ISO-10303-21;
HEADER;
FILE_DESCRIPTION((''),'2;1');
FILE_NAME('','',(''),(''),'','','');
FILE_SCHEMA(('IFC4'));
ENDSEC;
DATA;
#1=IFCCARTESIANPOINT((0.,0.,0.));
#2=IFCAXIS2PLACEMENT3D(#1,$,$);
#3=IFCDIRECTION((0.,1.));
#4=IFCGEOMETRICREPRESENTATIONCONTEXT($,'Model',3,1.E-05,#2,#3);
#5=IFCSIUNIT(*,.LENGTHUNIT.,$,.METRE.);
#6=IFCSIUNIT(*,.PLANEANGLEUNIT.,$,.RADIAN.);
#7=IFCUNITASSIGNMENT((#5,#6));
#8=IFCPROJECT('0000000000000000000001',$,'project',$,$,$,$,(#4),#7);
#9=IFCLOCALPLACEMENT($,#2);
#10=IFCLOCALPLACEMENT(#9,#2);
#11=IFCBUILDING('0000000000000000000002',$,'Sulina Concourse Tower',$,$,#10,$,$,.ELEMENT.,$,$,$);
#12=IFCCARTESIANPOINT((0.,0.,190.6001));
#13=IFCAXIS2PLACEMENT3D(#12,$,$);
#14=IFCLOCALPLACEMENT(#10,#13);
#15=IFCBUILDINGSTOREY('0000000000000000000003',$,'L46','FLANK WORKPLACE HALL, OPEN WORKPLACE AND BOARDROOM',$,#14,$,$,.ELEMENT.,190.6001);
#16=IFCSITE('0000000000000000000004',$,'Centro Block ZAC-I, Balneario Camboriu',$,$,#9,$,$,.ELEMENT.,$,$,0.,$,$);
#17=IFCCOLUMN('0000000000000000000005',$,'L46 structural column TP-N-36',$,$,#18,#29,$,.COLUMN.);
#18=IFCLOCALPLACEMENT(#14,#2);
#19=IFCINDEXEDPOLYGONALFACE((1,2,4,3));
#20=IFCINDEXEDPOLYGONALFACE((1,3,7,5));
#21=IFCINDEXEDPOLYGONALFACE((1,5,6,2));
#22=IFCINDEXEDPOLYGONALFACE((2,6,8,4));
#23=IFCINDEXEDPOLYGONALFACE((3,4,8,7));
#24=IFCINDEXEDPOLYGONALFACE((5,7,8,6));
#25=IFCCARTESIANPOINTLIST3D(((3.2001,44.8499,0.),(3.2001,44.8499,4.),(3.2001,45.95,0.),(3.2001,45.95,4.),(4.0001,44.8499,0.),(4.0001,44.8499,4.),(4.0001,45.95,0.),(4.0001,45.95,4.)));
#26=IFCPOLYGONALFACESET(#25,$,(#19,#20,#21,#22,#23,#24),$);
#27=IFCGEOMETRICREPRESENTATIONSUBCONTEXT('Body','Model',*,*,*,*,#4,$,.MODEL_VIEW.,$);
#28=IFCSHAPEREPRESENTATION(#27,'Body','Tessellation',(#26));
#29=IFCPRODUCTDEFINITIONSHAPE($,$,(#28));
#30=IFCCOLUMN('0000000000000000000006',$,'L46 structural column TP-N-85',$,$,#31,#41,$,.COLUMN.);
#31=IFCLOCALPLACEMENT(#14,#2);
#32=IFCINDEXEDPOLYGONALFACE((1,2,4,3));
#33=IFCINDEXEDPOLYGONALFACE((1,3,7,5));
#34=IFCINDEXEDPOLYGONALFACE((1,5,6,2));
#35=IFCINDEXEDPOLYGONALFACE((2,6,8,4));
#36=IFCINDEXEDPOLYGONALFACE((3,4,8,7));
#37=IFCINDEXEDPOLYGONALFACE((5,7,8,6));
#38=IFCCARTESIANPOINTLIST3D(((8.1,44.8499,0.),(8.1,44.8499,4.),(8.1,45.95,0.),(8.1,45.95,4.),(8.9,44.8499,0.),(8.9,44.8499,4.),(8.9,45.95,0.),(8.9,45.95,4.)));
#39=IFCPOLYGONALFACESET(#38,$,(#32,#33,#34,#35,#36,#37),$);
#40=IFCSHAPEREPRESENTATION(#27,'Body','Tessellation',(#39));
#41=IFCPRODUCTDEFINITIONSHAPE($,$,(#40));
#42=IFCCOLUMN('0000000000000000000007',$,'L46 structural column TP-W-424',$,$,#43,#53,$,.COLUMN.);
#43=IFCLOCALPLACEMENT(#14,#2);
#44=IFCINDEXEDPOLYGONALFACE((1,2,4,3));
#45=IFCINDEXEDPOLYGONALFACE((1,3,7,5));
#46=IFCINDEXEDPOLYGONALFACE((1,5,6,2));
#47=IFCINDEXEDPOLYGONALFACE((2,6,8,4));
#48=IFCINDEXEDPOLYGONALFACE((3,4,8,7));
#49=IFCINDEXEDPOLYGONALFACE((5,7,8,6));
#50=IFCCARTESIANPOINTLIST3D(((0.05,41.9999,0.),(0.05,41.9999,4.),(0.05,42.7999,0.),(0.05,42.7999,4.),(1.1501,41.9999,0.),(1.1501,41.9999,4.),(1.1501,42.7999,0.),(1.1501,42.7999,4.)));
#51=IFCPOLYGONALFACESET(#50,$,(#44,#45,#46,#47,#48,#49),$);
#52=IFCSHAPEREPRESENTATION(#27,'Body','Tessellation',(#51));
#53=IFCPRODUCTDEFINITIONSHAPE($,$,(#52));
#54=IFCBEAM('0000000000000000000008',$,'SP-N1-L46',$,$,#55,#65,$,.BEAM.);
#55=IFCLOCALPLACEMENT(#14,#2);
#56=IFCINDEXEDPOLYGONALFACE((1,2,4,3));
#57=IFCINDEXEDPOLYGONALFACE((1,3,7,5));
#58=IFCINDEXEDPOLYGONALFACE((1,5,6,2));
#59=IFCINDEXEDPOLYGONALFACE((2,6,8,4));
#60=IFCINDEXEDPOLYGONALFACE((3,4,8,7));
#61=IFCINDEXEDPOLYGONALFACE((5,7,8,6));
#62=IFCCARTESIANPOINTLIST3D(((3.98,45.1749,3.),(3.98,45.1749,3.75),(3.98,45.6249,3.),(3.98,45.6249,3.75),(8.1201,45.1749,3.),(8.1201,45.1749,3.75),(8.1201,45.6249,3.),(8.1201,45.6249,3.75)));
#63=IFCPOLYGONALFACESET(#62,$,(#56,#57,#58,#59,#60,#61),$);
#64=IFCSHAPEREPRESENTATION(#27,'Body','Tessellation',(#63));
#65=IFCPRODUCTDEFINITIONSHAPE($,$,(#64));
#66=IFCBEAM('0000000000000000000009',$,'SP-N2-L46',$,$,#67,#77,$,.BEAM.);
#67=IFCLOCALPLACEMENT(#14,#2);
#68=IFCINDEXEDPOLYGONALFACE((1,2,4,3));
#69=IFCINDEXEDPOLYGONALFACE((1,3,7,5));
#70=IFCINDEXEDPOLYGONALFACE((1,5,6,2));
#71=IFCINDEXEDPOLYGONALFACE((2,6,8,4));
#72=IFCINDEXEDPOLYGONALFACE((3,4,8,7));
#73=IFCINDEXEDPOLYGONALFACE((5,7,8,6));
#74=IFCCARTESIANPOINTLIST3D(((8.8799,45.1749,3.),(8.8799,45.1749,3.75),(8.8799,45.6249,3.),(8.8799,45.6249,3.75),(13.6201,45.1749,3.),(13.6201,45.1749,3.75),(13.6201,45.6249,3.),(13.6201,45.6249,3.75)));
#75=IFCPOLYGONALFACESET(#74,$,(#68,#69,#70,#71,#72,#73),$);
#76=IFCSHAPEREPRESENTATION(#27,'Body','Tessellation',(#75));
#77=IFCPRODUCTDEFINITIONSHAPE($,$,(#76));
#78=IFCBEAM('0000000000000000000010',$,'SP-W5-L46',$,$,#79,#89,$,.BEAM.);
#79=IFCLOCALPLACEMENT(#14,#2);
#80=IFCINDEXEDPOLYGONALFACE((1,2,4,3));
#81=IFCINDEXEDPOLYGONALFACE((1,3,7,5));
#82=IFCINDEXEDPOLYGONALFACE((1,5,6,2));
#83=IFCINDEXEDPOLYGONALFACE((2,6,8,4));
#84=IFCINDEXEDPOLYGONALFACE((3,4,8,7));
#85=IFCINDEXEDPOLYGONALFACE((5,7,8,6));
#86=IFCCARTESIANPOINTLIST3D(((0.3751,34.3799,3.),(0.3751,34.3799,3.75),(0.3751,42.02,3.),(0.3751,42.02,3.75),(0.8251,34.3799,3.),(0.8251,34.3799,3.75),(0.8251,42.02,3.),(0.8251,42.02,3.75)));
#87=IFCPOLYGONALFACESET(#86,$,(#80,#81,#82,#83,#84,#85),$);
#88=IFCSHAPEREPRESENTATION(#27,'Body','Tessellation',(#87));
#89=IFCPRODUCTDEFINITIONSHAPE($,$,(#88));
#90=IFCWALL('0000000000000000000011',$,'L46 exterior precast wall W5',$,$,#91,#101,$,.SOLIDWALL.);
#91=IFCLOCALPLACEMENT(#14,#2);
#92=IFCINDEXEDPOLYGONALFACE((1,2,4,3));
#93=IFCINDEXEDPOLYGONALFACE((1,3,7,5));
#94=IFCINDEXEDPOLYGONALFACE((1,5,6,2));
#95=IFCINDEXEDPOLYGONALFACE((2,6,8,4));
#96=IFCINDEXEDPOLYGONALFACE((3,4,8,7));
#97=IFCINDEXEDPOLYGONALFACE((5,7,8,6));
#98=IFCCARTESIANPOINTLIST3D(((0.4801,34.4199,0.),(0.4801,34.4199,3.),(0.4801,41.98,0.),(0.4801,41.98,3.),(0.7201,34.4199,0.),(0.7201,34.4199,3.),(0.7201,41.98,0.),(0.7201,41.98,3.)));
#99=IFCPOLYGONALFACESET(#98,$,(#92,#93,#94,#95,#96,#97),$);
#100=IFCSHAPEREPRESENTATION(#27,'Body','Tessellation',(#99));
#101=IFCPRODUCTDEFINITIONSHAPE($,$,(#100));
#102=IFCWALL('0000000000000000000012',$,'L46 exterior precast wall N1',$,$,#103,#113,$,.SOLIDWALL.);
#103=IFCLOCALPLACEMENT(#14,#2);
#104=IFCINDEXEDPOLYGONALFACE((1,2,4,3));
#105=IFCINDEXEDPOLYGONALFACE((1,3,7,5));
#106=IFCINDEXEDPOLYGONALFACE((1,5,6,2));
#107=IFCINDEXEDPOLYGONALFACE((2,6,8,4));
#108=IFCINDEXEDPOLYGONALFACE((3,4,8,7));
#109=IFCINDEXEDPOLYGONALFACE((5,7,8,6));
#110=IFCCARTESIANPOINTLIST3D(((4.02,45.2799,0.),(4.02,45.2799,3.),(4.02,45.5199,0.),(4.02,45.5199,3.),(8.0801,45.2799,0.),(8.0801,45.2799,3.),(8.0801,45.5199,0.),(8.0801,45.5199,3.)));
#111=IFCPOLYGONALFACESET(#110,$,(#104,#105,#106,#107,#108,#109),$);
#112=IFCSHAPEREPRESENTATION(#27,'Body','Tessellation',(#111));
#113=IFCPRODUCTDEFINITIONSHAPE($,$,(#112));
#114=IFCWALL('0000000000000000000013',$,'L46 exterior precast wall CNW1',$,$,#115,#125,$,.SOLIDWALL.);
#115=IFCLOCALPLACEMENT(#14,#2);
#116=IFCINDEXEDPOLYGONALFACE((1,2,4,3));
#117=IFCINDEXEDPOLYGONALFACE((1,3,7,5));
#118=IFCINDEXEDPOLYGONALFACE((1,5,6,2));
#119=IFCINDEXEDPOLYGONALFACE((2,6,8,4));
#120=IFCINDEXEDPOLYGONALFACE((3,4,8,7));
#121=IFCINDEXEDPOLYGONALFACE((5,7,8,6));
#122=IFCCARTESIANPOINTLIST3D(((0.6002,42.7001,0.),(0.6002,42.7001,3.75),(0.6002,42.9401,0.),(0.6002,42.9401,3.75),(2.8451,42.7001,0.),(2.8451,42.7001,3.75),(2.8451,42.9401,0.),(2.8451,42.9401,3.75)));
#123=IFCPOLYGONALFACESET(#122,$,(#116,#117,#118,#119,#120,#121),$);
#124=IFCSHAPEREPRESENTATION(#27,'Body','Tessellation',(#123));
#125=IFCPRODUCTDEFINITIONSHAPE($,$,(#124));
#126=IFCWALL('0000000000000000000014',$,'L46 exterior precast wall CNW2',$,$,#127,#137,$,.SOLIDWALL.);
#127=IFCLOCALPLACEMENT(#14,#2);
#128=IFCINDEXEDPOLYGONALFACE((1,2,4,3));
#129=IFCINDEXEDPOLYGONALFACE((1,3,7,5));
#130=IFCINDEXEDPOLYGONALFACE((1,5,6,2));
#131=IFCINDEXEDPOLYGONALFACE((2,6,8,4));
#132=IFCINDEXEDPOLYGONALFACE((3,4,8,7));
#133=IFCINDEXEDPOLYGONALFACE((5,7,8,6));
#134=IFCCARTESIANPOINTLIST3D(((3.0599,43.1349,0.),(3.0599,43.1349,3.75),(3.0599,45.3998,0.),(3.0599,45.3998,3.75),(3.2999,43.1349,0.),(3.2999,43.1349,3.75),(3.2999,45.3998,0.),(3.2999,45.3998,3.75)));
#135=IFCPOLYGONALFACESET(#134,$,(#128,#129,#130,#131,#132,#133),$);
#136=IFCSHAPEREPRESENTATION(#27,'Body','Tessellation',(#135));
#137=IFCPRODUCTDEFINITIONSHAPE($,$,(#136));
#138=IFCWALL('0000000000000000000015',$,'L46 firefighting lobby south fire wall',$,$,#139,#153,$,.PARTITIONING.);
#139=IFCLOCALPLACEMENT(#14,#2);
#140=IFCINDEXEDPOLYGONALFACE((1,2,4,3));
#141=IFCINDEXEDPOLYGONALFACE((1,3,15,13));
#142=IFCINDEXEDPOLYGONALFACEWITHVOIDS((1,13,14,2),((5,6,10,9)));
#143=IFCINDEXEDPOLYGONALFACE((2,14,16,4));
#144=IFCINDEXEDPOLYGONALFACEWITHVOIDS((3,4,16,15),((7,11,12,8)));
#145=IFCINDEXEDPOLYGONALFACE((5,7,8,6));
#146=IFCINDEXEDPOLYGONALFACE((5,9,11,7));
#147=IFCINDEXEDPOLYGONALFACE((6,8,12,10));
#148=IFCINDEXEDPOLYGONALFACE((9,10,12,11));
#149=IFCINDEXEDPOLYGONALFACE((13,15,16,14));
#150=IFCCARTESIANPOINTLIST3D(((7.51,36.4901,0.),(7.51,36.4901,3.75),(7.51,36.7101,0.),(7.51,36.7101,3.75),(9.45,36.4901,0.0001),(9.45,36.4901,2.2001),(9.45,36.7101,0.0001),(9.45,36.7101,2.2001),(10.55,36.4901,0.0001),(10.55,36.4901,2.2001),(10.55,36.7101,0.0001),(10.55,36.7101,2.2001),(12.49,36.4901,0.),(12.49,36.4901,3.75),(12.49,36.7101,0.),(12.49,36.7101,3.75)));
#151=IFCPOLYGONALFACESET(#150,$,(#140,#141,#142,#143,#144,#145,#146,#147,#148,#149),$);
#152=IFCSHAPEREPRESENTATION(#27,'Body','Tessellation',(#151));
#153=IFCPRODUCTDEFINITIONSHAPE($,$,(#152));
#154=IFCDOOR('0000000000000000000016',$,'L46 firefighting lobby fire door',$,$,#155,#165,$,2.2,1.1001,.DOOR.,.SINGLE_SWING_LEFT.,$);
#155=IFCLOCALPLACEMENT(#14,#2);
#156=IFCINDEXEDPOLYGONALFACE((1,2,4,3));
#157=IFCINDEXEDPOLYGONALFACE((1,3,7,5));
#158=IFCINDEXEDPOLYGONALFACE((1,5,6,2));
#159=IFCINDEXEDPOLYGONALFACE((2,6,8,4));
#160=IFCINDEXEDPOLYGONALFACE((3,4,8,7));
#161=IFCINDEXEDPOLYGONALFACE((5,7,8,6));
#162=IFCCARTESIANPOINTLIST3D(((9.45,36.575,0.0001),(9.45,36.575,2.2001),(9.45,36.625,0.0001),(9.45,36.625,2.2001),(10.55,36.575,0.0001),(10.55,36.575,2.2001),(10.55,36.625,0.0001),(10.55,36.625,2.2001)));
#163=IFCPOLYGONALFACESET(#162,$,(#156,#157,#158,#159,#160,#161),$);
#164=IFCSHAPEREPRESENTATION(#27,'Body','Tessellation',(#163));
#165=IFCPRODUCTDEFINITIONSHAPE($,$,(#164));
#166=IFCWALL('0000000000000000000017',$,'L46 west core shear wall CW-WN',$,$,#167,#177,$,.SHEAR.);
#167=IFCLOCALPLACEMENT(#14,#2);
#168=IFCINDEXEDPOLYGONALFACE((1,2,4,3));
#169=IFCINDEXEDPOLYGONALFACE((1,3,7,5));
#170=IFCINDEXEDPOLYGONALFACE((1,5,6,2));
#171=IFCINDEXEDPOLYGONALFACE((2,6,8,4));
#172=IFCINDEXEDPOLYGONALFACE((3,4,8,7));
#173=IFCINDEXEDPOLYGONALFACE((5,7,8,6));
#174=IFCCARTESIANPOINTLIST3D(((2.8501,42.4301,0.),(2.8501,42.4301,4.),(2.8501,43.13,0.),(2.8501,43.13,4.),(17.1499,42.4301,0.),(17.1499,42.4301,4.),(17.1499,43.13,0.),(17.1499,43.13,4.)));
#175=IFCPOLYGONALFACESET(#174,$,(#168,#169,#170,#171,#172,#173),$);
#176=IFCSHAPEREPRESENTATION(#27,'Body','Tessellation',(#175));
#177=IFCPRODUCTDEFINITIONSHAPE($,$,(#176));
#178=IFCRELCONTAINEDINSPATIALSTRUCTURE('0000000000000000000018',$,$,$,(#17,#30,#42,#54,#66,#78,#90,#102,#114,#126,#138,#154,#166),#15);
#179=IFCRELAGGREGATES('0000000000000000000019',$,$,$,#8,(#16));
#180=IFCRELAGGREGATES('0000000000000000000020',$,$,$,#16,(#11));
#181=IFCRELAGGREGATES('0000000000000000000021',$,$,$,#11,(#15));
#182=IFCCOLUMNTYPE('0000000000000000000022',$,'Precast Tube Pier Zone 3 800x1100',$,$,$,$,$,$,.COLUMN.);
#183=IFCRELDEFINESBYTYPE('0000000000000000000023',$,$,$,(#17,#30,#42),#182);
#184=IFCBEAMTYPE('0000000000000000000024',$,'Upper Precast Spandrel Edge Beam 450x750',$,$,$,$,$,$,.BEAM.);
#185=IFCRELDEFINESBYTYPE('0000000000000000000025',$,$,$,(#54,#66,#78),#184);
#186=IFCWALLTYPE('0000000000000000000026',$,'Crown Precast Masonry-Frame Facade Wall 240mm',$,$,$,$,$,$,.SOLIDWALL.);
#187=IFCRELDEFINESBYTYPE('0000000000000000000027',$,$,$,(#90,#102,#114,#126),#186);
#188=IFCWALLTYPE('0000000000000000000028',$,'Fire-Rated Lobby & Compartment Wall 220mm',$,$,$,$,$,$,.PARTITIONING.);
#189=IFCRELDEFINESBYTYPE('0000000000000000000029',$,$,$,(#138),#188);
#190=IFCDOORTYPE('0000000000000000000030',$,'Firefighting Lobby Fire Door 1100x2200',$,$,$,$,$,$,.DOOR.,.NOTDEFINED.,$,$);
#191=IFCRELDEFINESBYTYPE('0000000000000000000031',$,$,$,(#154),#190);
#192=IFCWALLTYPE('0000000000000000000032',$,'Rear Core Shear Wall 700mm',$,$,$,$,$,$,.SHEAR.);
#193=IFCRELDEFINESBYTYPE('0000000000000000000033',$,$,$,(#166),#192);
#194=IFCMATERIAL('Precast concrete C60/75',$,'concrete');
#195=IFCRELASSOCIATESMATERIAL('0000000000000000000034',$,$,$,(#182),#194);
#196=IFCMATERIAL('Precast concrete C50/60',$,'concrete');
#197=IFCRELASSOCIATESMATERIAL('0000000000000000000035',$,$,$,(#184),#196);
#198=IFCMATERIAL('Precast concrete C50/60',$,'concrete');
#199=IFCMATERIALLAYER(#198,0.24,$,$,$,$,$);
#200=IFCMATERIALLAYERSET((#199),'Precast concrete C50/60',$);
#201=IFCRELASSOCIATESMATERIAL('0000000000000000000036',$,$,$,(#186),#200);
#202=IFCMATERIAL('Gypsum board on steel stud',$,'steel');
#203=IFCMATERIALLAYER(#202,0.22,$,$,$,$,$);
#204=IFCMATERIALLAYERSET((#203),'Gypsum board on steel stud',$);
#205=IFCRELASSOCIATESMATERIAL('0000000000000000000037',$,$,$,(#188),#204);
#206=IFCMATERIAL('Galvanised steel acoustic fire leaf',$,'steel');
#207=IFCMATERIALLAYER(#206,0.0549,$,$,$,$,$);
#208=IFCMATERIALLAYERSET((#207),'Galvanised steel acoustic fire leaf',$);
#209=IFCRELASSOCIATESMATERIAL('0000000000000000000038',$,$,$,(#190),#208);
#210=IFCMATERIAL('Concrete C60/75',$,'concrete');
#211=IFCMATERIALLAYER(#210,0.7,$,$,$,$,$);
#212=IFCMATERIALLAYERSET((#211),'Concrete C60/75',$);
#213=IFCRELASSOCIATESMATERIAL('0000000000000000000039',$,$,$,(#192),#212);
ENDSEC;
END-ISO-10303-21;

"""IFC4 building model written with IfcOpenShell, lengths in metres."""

from ifc_helpers import new_model, si_unit, direction, frame, frame_2d, origin, origin_2d, place, context, subcontext, project, spatial, rectangle, extrude, material, layer, layer_set, material_profile, profile_set, type_object, element, fill, save


model = new_model("IFC4")

# Units and contexts
model_context = context("Model", 3, precision=1e-05, world=origin(), true_north=direction((0.0, 1.0)))
body_context = subcontext(model_context, "Body", "Model", "MODEL_VIEW")
ifc_project = project(units=[si_unit("LENGTHUNIT", "METRE"), si_unit("PLANEANGLEUNIT", "RADIAN")], contexts=[model_context])

# Site, building, storey
site_placement = place(None, origin())
site = spatial("IfcSite", under=ifc_project, at=site_placement, Name="Centro Block ZAC-I, Balneario Camboriu", CompositionType="ELEMENT", RefElevation=0.0)
building_placement = place(site_placement, origin())
building = spatial("IfcBuilding", under=site, at=building_placement, Name="Sulina Concourse Tower", CompositionType="ELEMENT")
storey_placement = place(building_placement, frame((0.0, 0.0, 190.6001)))
storey = spatial("IfcBuildingStorey", under=building, at=storey_placement, Name="L46", Description="FLANK WORKPLACE HALL, OPEN WORKPLACE AND BOARDROOM", CompositionType="ELEMENT", Elevation=190.6001)

# Columns
ifc_material_1 = material(Name="Precast concrete C60/75", Category="concrete")
ifc_material_profile_1 = material_profile(ifc_material_1, rectangle(XDim=0.8, YDim=1.1001, at=origin_2d()), Name="PC 800x1100")
ifc_profile_set_1 = profile_set([ifc_material_profile_1], Name="Precast concrete C60/75")
column_type = type_object("IfcColumnType", Name="Precast Tube Pier Zone 3 800x1100", PredefinedType="COLUMN", material=ifc_profile_set_1)
for number, where, z_axis, x_axis, name in (
    (1, (3.6001, 45.3999, 0.0), (0.0, 0.0, 1.0), (1.0, 0.0, 0.0), "L46 structural column TP-N-36"),
    (2, (8.5, 45.3999, 0.0), (0.0, 0.0, 1.0), (1.0, 0.0, 0.0), "L46 structural column TP-N-85"),
    (3, (0.6001, 42.3999, 0.0), (0.0, 0.0, 1.0), (0.0, 1.0, 0.0), "L46 structural column TP-W-424"),
):
    element("IfcColumn", number, at=place(storey_placement, frame(where, z_axis=z_axis, x_axis=x_axis)), inside=storey, type_object=column_type, Name=name, PredefinedType="COLUMN", context=body_context, shape_type="SweptSolid", body=[
        extrude(rectangle(XDim=0.8, YDim=1.1001, at=origin_2d()), origin(), (0.0, 0.0, 1.0), 4.0),
    ])

# Beams
ifc_material_2 = material(Name="Precast concrete C50/60", Category="concrete")
ifc_material_profile_2 = material_profile(ifc_material_2, rectangle(XDim=0.45, YDim=0.75, at=origin_2d()), Name="RC 450x750")
ifc_profile_set_2 = profile_set([ifc_material_profile_2], Name="Precast concrete C50/60")
beam_type = type_object("IfcBeamType", Name="Upper Precast Spandrel Edge Beam 450x750", PredefinedType="BEAM", material=ifc_profile_set_2)
beam_1_placement = place(storey_placement, frame((3.98, 45.3999, 3.375), z_axis=(1.0, 0.0, 0.0), x_axis=(0.0, 1.0, 0.0)))
element("IfcBeam", 4, at=beam_1_placement, inside=storey, type_object=beam_type, Name="SP-N1-L46", PredefinedType="BEAM", context=body_context, shape_type="SweptSolid", body=[
    extrude(rectangle(XDim=0.45, YDim=0.75, at=origin_2d()), origin(), (0.0, 0.0, 1.0), 4.1401),
])
beam_2_placement = place(storey_placement, frame((8.8799, 45.3999, 3.375), z_axis=(1.0, 0.0, 0.0), x_axis=(0.0, 1.0, 0.0)))
element("IfcBeam", 5, at=beam_2_placement, inside=storey, type_object=beam_type, Name="SP-N2-L46", PredefinedType="BEAM", context=body_context, shape_type="SweptSolid", body=[
    extrude(rectangle(XDim=0.45, YDim=0.75, at=origin_2d()), origin(), (0.0, 0.0, 1.0), 4.7402),
])
beam_3_placement = place(storey_placement, frame((0.6001, 34.3799, 3.375), z_axis=(0.0, 1.0, 0.0), x_axis=(-1.0, 0.0, 0.0)))
element("IfcBeam", 6, at=beam_3_placement, inside=storey, type_object=beam_type, Name="SP-W5-L46", PredefinedType="BEAM", context=body_context, shape_type="SweptSolid", body=[
    extrude(rectangle(XDim=0.45, YDim=0.75, at=origin_2d()), origin(), (0.0, 0.0, 1.0), 7.6401),
])

# Walls
ifc_material_3 = material(Name="Precast concrete C50/60", Category="concrete")
ifc_layer_1 = layer(ifc_material_3, 0.24)
ifc_layer_set_1 = layer_set([ifc_layer_1], Name="Precast concrete C50/60")
wall_type_1 = type_object("IfcWallType", Name="Crown Precast Masonry-Frame Facade Wall 240mm", PredefinedType="SOLIDWALL", material=ifc_layer_set_1)
wall_1_placement = place(storey_placement, frame((0.6001, 34.4199, 0.0), z_axis=(0.0, 0.0, 1.0), x_axis=(0.0, 1.0, 0.0)))
element("IfcWall", 7, at=wall_1_placement, inside=storey, type_object=wall_type_1, Name="L46 exterior precast wall W5", PredefinedType="SOLIDWALL", context=body_context, shape_type="SweptSolid", body=[
    extrude(rectangle(XDim=7.5601, YDim=0.24, at=frame_2d((3.78, 0.0))), origin(), (0.0, 0.0, 1.0), 3.0),
])
wall_2_placement = place(storey_placement, frame((4.02, 45.3999, 0.0), z_axis=(0.0, 0.0, 1.0), x_axis=(1.0, 0.0, 0.0)))
element("IfcWall", 8, at=wall_2_placement, inside=storey, type_object=wall_type_1, Name="L46 exterior precast wall N1", PredefinedType="SOLIDWALL", context=body_context, shape_type="SweptSolid", body=[
    extrude(rectangle(XDim=4.0601, YDim=0.24, at=frame_2d((2.03, 0.0))), origin(), (0.0, 0.0, 1.0), 3.0),
])
wall_3_placement = place(storey_placement, frame((0.6001, 42.8201, 0.0), z_axis=(0.0, 0.0, 1.0), x_axis=(1.0, 0.0, 0.0)))
element("IfcWall", 9, at=wall_3_placement, inside=storey, type_object=wall_type_1, Name="L46 exterior precast wall CNW1", PredefinedType="SOLIDWALL", context=body_context, shape_type="SweptSolid", body=[
    extrude(rectangle(XDim=2.2449, YDim=0.24, at=frame_2d((1.1226, 0.0))), origin(), (0.0, 0.0, 1.0), 3.75),
])
wall_4_placement = place(storey_placement, frame((3.1799, 43.135, 0.0), z_axis=(0.0, 0.0, 1.0), x_axis=(0.0, 1.0, 0.0)))
element("IfcWall", 10, at=wall_4_placement, inside=storey, type_object=wall_type_1, Name="L46 exterior precast wall CNW2", PredefinedType="SOLIDWALL", context=body_context, shape_type="SweptSolid", body=[
    extrude(rectangle(XDim=2.2649, YDim=0.24, at=frame_2d((1.1323, 0.0))), origin(), (0.0, 0.0, 1.0), 3.75),
])

# Wall, opening, door
ifc_material_4 = material(Name="Gypsum board on steel stud", Category="steel")
ifc_layer_2 = layer(ifc_material_4, 0.22)
ifc_layer_set_2 = layer_set([ifc_layer_2], Name="Gypsum board on steel stud")
wall_type_2 = type_object("IfcWallType", Name="Fire-Rated Lobby & Compartment Wall 220mm", PredefinedType="PARTITIONING", material=ifc_layer_set_2)
wall_5_placement = place(storey_placement, frame((7.51, 36.6001, 0.0), z_axis=(0.0, 0.0, 1.0), x_axis=(1.0, 0.0, 0.0)))
wall_5 = element("IfcWall", 11, at=wall_5_placement, inside=storey, type_object=wall_type_2, Name="L46 firefighting lobby south fire wall", PredefinedType="PARTITIONING", context=body_context, shape_type="SweptSolid", body=[
    extrude(rectangle(XDim=4.98, YDim=0.22, at=frame_2d((2.49, 0.0))), origin(), (0.0, 0.0, 1.0), 3.75),
])
opening_placement = place(wall_5_placement, frame((1.9399, 0.0, 0.0)))
opening = element("IfcOpeningElement", 12, at=opening_placement, cuts=wall_5, PredefinedType="OPENING", context=body_context, shape_type="SweptSolid", body=[
    extrude(rectangle(XDim=1.1001, YDim=2.2, at=frame_2d((0.55, 1.1001))), frame((0.0, 0.1199, 0.0), z_axis=(0.0, -1.0, 0.0), x_axis=(1.0, 0.0, 0.0)), (0.0, 0.0, 1.0), 0.24),
])
ifc_material_5 = material(Name="Galvanised steel acoustic fire leaf", Category="steel")
ifc_layer_3 = layer(ifc_material_5, 0.0549)
ifc_layer_set_3 = layer_set([ifc_layer_3], Name="Galvanised steel acoustic fire leaf")
door_type = type_object("IfcDoorType", Name="Firefighting Lobby Fire Door 1100x2200", OperationType="NOTDEFINED", PredefinedType="DOOR", material=ifc_layer_set_3)
door_placement = place(opening_placement, origin())
door = element("IfcDoor", 13, at=door_placement, inside=storey, type_object=door_type, Name="L46 firefighting lobby fire door", OperationType="SINGLE_SWING_LEFT", OverallHeight=2.2, OverallWidth=1.1001, PredefinedType="DOOR", context=body_context, shape_type="SweptSolid", body=[
    extrude(rectangle(XDim=1.1001, YDim=2.2, at=frame_2d((0.55, 1.1001))), frame((0.0, 0.0249, 0.0), z_axis=(0.0, -1.0, 0.0), x_axis=(1.0, 0.0, 0.0)), (0.0, 0.0, 1.0), 0.05),
])
fill(opening, door)

# Wall
ifc_material_6 = material(Name="Concrete C60/75", Category="concrete")
ifc_layer_4 = layer(ifc_material_6, 0.7)
ifc_layer_set_4 = layer_set([ifc_layer_4], Name="Concrete C60/75")
wall_type_3 = type_object("IfcWallType", Name="Rear Core Shear Wall 700mm", PredefinedType="SHEAR", material=ifc_layer_set_4)
wall_6_placement = place(storey_placement, frame((2.8501, 42.78, 0.0), z_axis=(0.0, 0.0, 1.0), x_axis=(1.0, 0.0, 0.0)))
element("IfcWall", 14, at=wall_6_placement, inside=storey, type_object=wall_type_3, Name="L46 west core shear wall CW-WN", PredefinedType="SHEAR", context=body_context, shape_type="SweptSolid", body=[
    extrude(rectangle(XDim=14.2998, YDim=0.7, at=frame_2d((7.1499, 0.0))), origin(), (0.0, 0.0, 1.0), 4.0),
])

save(model, "model.ifc")
